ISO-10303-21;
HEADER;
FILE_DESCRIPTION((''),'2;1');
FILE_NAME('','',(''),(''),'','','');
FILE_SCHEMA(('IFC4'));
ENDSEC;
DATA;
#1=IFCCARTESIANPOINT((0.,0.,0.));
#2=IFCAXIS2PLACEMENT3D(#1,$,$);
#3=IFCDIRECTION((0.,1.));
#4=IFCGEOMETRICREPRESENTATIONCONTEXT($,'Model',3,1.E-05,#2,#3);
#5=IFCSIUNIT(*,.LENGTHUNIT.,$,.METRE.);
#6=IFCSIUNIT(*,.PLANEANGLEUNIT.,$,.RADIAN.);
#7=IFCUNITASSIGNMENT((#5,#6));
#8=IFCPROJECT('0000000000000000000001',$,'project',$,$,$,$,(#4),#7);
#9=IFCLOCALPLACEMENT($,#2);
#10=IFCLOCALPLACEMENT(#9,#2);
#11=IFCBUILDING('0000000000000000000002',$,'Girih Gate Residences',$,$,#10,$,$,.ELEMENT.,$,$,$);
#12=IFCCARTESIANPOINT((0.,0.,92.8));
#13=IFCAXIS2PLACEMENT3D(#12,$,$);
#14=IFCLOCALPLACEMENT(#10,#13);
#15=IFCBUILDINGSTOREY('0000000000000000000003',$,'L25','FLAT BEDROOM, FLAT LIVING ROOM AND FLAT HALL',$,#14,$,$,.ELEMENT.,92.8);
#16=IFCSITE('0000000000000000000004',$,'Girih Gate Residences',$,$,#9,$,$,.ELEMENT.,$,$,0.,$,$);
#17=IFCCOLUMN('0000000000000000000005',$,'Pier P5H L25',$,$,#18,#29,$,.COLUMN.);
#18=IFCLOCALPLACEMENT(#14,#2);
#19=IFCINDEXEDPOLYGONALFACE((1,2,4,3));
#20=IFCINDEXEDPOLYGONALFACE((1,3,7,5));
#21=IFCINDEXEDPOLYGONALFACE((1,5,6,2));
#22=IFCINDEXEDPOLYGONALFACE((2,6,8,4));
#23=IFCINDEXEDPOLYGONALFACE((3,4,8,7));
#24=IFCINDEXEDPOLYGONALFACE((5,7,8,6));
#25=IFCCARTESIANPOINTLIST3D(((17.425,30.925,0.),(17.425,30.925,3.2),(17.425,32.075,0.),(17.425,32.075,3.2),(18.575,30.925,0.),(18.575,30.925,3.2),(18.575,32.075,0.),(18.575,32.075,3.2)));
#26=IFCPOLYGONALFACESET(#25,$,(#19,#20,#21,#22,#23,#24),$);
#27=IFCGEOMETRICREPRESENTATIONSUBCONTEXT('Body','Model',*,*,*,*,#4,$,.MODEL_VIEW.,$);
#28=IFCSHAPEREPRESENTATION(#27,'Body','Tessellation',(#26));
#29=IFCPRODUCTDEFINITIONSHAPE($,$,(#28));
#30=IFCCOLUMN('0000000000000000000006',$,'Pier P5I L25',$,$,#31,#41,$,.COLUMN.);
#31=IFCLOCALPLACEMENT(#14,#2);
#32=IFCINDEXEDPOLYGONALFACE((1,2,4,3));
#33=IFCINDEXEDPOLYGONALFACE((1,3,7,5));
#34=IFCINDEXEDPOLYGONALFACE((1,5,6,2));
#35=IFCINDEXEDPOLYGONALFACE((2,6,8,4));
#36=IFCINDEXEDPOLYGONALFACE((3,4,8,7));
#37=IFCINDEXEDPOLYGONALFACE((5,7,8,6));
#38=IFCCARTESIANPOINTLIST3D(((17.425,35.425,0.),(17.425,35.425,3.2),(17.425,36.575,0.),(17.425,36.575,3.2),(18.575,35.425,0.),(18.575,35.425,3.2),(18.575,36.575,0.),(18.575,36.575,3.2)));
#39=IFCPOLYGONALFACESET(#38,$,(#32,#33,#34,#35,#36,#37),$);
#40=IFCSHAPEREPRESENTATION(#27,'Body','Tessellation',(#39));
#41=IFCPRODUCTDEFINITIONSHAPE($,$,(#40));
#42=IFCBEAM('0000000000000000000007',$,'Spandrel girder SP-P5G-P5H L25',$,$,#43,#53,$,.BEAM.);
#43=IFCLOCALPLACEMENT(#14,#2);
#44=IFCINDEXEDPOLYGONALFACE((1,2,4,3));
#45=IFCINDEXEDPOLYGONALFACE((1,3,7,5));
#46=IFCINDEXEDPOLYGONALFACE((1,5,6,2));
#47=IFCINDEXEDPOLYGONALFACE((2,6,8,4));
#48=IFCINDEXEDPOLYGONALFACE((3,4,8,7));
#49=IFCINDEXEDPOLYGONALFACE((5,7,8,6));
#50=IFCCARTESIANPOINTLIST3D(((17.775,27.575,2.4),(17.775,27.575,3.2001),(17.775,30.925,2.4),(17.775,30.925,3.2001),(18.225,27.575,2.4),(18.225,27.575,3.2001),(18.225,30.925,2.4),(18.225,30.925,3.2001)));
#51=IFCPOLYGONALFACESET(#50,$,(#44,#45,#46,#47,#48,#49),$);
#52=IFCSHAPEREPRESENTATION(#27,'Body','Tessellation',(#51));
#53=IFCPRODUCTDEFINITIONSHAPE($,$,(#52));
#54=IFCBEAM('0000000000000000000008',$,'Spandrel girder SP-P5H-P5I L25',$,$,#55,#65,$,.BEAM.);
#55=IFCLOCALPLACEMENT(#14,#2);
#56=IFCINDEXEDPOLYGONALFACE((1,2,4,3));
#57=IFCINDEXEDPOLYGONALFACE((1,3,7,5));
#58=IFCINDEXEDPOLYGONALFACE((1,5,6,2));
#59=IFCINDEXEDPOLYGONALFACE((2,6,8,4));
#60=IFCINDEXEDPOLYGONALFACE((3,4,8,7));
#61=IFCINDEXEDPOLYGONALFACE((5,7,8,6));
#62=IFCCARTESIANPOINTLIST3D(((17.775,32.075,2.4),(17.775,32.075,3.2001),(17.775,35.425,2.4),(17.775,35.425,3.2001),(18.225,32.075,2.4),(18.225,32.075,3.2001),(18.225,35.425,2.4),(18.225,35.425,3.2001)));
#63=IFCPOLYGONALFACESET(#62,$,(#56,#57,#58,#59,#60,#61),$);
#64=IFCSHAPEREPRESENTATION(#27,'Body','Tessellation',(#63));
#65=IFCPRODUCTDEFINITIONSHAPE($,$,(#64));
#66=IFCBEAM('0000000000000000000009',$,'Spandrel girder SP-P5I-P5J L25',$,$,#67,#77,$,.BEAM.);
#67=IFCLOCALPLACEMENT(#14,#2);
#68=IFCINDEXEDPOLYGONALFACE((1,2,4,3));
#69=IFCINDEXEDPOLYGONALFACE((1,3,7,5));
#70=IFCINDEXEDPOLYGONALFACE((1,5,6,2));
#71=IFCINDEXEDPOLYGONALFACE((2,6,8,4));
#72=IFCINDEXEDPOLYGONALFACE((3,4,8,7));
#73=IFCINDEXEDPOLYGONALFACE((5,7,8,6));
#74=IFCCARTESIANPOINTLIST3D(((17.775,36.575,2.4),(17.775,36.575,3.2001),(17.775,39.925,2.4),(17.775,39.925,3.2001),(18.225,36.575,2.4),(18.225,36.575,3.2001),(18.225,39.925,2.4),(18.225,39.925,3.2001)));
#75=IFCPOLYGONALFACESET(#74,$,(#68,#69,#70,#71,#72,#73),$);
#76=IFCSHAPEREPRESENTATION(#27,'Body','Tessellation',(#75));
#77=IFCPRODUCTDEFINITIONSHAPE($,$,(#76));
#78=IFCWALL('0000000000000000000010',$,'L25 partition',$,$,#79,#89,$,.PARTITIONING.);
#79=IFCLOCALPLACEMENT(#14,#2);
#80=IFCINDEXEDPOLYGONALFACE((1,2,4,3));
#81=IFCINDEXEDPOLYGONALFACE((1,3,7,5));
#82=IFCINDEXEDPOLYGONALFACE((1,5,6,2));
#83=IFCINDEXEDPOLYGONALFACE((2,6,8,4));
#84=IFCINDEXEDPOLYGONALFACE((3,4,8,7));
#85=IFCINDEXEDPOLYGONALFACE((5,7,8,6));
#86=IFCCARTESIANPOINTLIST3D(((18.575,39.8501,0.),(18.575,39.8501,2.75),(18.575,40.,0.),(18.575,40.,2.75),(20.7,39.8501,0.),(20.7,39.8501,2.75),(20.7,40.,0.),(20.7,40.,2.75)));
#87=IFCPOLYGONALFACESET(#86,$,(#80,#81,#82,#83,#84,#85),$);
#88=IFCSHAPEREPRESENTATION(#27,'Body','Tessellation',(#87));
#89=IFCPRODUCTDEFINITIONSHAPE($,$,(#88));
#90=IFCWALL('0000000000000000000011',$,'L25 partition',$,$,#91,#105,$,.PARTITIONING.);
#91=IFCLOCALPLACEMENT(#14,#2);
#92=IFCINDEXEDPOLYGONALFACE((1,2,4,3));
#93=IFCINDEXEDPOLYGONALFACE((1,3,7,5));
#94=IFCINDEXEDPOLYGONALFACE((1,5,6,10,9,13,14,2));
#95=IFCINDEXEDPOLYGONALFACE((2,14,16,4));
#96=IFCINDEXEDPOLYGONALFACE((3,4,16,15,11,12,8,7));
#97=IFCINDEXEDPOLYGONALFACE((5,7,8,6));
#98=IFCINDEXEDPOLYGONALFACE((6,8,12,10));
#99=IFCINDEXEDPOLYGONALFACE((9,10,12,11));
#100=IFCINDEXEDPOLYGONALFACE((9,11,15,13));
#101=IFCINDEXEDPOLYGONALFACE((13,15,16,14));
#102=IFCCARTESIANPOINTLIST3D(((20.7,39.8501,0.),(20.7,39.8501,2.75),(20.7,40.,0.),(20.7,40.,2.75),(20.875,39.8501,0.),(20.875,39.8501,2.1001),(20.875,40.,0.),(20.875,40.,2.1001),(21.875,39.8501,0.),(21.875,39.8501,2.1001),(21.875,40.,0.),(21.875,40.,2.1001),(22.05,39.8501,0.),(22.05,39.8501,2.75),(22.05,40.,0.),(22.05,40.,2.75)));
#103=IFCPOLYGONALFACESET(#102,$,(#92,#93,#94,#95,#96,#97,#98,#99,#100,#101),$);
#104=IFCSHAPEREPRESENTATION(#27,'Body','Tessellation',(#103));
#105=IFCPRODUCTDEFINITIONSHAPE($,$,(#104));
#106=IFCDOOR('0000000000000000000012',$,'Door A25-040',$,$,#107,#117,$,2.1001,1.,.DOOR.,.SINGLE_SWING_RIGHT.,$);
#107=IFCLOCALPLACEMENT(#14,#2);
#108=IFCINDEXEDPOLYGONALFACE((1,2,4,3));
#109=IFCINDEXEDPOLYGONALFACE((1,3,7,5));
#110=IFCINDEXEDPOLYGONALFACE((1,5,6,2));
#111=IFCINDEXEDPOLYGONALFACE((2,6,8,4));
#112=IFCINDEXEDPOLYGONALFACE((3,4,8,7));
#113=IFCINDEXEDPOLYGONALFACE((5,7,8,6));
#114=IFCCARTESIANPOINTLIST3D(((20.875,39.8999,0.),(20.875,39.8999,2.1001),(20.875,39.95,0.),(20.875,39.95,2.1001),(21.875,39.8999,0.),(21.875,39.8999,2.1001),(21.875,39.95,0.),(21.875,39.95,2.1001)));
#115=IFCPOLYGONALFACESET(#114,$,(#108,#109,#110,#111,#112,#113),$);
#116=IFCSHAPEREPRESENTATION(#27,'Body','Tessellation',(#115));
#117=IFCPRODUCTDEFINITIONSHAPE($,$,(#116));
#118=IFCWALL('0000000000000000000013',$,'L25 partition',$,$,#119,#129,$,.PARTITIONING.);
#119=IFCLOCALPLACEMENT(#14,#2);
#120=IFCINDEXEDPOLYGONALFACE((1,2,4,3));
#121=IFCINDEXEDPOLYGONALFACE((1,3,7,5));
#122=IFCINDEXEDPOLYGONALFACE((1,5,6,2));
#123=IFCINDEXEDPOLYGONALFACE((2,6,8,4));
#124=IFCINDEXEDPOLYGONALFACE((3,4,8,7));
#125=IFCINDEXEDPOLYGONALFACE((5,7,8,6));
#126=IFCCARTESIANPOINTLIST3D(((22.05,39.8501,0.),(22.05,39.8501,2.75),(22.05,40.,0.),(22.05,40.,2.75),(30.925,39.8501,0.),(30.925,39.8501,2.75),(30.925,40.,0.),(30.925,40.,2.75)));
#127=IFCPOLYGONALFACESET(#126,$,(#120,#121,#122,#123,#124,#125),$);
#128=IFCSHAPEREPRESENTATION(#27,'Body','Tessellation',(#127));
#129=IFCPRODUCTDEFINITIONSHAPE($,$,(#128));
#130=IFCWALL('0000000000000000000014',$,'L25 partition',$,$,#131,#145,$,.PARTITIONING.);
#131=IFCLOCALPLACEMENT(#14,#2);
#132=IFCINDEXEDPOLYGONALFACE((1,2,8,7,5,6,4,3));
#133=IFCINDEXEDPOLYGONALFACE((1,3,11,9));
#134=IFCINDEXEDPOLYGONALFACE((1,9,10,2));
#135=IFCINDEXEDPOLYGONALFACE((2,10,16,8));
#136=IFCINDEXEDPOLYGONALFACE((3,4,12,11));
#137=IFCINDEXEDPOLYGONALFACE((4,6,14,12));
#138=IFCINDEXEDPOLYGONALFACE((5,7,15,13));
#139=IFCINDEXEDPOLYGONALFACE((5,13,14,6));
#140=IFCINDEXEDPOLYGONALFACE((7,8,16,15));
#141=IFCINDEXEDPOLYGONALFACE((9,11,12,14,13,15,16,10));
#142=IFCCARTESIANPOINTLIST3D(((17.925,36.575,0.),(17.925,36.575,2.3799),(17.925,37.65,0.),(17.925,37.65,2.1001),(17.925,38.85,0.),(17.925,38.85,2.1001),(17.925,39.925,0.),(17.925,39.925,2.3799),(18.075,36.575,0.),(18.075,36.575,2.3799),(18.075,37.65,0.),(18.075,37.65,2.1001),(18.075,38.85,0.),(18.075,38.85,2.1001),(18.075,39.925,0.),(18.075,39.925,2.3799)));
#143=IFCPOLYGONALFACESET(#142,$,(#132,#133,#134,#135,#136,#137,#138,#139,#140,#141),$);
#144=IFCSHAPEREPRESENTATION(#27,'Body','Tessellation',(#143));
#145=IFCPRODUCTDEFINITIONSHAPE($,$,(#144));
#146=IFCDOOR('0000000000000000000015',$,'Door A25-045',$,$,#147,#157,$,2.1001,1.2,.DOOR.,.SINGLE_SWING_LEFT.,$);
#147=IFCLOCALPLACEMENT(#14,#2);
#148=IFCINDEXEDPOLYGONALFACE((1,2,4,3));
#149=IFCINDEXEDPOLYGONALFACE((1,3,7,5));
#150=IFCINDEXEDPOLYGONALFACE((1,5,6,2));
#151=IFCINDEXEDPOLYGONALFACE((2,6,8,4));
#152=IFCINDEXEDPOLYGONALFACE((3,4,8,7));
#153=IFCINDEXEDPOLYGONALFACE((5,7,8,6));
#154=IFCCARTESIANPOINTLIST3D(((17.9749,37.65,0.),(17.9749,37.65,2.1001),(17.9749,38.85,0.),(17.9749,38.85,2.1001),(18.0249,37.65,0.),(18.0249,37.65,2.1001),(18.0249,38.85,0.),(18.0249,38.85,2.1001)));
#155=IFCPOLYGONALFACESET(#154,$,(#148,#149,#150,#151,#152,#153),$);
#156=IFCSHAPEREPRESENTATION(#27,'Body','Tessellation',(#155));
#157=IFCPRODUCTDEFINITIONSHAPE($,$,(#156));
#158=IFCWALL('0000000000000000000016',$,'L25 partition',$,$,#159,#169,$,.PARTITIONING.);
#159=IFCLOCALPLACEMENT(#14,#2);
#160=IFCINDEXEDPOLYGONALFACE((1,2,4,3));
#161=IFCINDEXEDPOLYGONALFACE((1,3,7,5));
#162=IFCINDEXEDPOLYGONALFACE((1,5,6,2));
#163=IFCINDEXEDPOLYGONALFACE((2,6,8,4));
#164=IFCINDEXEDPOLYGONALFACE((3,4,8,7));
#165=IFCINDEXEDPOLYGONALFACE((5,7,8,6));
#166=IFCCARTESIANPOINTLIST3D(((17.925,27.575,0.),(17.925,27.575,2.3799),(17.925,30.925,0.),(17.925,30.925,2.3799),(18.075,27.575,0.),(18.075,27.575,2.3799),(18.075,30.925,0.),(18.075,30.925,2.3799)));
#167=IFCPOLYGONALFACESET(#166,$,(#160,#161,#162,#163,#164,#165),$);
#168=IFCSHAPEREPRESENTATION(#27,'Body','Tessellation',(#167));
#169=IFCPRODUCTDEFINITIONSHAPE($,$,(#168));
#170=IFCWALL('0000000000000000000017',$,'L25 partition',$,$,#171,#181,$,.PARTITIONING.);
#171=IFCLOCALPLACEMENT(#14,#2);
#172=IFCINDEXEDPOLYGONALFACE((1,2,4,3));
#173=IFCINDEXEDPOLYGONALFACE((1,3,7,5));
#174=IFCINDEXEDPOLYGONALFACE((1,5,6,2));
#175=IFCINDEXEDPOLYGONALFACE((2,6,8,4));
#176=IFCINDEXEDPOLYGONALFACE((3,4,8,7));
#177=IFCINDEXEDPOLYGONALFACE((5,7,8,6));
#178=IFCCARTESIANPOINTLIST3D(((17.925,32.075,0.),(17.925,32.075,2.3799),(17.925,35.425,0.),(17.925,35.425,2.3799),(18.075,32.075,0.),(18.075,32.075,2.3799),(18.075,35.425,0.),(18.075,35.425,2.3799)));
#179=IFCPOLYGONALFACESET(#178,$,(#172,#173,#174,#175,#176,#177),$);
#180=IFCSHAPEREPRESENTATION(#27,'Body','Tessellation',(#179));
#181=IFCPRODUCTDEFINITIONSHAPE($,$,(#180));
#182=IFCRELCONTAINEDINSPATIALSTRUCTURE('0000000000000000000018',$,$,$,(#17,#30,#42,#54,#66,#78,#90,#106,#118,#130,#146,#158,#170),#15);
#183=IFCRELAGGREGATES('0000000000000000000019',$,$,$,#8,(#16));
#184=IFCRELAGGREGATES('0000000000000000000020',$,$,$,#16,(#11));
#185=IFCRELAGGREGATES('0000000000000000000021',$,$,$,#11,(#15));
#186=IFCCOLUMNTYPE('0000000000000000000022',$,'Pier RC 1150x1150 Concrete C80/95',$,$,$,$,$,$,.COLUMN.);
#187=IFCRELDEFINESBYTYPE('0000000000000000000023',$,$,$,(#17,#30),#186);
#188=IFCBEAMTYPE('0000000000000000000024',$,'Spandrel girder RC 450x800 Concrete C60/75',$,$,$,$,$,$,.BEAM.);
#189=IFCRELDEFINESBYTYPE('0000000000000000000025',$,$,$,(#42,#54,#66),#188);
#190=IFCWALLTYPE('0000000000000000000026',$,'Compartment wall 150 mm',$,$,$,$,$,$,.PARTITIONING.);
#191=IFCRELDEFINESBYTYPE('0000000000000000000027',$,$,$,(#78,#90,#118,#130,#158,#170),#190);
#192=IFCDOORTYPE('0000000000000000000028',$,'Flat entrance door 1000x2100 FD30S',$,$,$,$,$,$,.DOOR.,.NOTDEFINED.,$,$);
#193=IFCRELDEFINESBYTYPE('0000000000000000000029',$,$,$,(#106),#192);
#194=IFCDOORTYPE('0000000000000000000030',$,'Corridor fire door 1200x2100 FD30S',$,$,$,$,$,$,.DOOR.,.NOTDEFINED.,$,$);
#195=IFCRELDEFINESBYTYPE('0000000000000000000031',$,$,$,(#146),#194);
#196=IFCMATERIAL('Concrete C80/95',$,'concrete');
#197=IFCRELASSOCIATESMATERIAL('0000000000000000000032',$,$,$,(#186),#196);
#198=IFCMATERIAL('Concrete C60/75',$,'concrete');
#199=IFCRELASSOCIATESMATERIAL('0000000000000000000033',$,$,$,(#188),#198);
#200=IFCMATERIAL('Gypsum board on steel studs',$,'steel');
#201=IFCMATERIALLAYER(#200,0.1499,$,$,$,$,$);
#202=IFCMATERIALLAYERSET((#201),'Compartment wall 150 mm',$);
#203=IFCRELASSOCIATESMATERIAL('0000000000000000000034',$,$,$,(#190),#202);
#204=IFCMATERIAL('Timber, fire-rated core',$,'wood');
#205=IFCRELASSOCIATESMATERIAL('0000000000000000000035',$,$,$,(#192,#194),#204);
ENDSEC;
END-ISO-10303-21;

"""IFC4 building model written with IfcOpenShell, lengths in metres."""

from ifc_helpers import new_model, si_unit, direction, frame, frame_2d, origin, origin_2d, place, context, subcontext, project, spatial, rectangle, extrude, material, layer, layer_set, material_profile, profile_set, type_object, element, fill, save


model = new_model("IFC4")

# Units and contexts
model_context = context("Model", 3, precision=1e-05, world=origin(), true_north=direction((0.0, 1.0)))
body_context = subcontext(model_context, "Body", "Model", "MODEL_VIEW")
ifc_project = project(units=[si_unit("LENGTHUNIT", "METRE"), si_unit("PLANEANGLEUNIT", "RADIAN")], contexts=[model_context])

# Site, building, storey
site_placement = place(None, origin())
site = spatial("IfcSite", under=ifc_project, at=site_placement, Name="Girih Gate Residences", CompositionType="ELEMENT", RefElevation=0.0)
building_placement = place(site_placement, origin())
building = spatial("IfcBuilding", under=site, at=building_placement, Name="Girih Gate Residences", CompositionType="ELEMENT")
storey_placement = place(building_placement, frame((0.0, 0.0, 92.8)))
storey = spatial("IfcBuildingStorey", under=building, at=storey_placement, Name="L25", Description="FLAT BEDROOM, FLAT LIVING ROOM AND FLAT HALL", CompositionType="ELEMENT", Elevation=92.8)

# Columns
ifc_material_1 = material(Name="Concrete C80/95", Category="concrete")
ifc_material_profile_1 = material_profile(ifc_material_1, rectangle(XDim=1.1499, YDim=1.1499, at=origin_2d()))
ifc_profile_set_1 = profile_set([ifc_material_profile_1], Name="Concrete C80/95")
column_type = type_object("IfcColumnType", Name="Pier RC 1150x1150 Concrete C80/95", PredefinedType="COLUMN", material=ifc_profile_set_1)
for number, where, z_axis, x_axis, name in (
    (1, (18.0, 31.5, 0.0), (0.0, 0.0, 1.0), (1.0, 0.0, 0.0), "Pier P5H L25"),
    (2, (18.0, 36.0, 0.0), (0.0, 0.0, 1.0), (1.0, 0.0, 0.0), "Pier P5I L25"),
):
    element("IfcColumn", number, at=place(storey_placement, frame(where, z_axis=z_axis, x_axis=x_axis)), inside=storey, type_object=column_type, Name=name, PredefinedType="COLUMN", context=body_context, shape_type="SweptSolid", body=[
        extrude(rectangle(XDim=1.1499, YDim=1.1499, at=origin_2d()), origin(), (0.0, 0.0, 1.0), 3.2),
    ])

# Beams
ifc_material_2 = material(Name="Concrete C60/75", Category="concrete")
ifc_material_profile_2 = material_profile(ifc_material_2, rectangle(XDim=0.45, YDim=0.8, at=origin_2d()))
ifc_profile_set_2 = profile_set([ifc_material_profile_2], Name="Concrete C60/75")
beam_type = type_object("IfcBeamType", Name="Spandrel girder RC 450x800 Concrete C60/75", PredefinedType="BEAM", material=ifc_profile_set_2)
for number, where, z_axis, x_axis, name in (
    (3, (18.0, 27.575, 2.8), (0.0, 1.0, 0.0), (-1.0, 0.0, 0.0), "Spandrel girder SP-P5G-P5H L25"),
    (4, (18.0, 32.075, 2.8), (0.0, 1.0, 0.0), (-1.0, 0.0, 0.0), "Spandrel girder SP-P5H-P5I L25"),
    (5, (18.0, 36.575, 2.8), (0.0, 1.0, 0.0), (-1.0, 0.0, 0.0), "Spandrel girder SP-P5I-P5J L25"),
):
    element("IfcBeam", number, at=place(storey_placement, frame(where, z_axis=z_axis, x_axis=x_axis)), inside=storey, type_object=beam_type, Name=name, PredefinedType="BEAM", context=body_context, shape_type="SweptSolid", body=[
        extrude(rectangle(XDim=0.45, YDim=0.8, at=origin_2d()), origin(), (0.0, 0.0, 1.0), 3.3501),
    ])

# Wall
ifc_material_3 = material(Name="Gypsum board on steel studs", Category="steel")
ifc_layer_1 = layer(ifc_material_3, 0.1499)
ifc_layer_set_1 = layer_set([ifc_layer_1], Name="Compartment wall 150 mm")
wall_type_1 = type_object("IfcWallType", Name="Compartment wall 150 mm", PredefinedType="PARTITIONING", material=ifc_layer_set_1)
wall_1_placement = place(storey_placement, frame((18.575, 39.925, 0.0), z_axis=(0.0, 0.0, 1.0), x_axis=(1.0, 0.0, 0.0)))
element("IfcWall", 6, at=wall_1_placement, inside=storey, type_object=wall_type_1, Name="L25 partition", PredefinedType="PARTITIONING", context=body_context, shape_type="SweptSolid", body=[
    extrude(rectangle(XDim=2.125, YDim=0.1499, at=frame_2d((1.0625, 0.0))), origin(), (0.0, 0.0, 1.0), 2.75),
])

# Wall, opening, door
wall_2_placement = place(storey_placement, frame((20.7, 39.925, 0.0), z_axis=(0.0, 0.0, 1.0), x_axis=(1.0, 0.0, 0.0)))
wall_2 = element("IfcWall", 7, at=wall_2_placement, inside=storey, type_object=wall_type_1, Name="L25 partition", PredefinedType="PARTITIONING", context=body_context, shape_type="SweptSolid", body=[
    extrude(rectangle(XDim=1.3501, YDim=0.1499, at=frame_2d((0.675, 0.0))), origin(), (0.0, 0.0, 1.0), 2.75),
])
opening_1_placement = place(wall_2_placement, frame((0.175, 0.0, 0.0)))
opening_1 = element("IfcOpeningElement", 8, at=opening_1_placement, cuts=wall_2, PredefinedType="OPENING", context=body_context, shape_type="SweptSolid", body=[
    extrude(rectangle(XDim=1.0, YDim=2.1001, at=frame_2d((0.5, 1.05))), frame((0.0, 0.085, 0.0), z_axis=(0.0, -1.0, 0.0), x_axis=(1.0, 0.0, 0.0)), (0.0, 0.0, 1.0), 0.1699),
])
ifc_material_4 = material(Name="Timber, fire-rated core", Category="wood")
door_type_1 = type_object("IfcDoorType", Name="Flat entrance door 1000x2100 FD30S", OperationType="NOTDEFINED", PredefinedType="DOOR", material=ifc_material_4)
door_1_placement = place(opening_1_placement, origin())
door_1 = element("IfcDoor", 9, at=door_1_placement, inside=storey, type_object=door_type_1, Name="Door A25-040", OperationType="SINGLE_SWING_RIGHT", OverallHeight=2.1001, OverallWidth=1.0, PredefinedType="DOOR", context=body_context, shape_type="SweptSolid", body=[
    extrude(rectangle(XDim=1.0, YDim=2.1001, at=frame_2d((0.5, 1.05))), frame((0.0, 0.0249, 0.0), z_axis=(0.0, -1.0, 0.0), x_axis=(1.0, 0.0, 0.0)), (0.0, 0.0, 1.0), 0.05),
])
fill(opening_1, door_1)

# Wall
wall_3_placement = place(storey_placement, frame((22.05, 39.925, 0.0), z_axis=(0.0, 0.0, 1.0), x_axis=(1.0, 0.0, 0.0)))
element("IfcWall", 10, at=wall_3_placement, inside=storey, type_object=wall_type_1, Name="L25 partition", PredefinedType="PARTITIONING", context=body_context, shape_type="SweptSolid", body=[
    extrude(rectangle(XDim=8.875, YDim=0.1499, at=frame_2d((4.4375, 0.0))), origin(), (0.0, 0.0, 1.0), 2.75),
])

# Wall, opening, door
wall_4_placement = place(storey_placement, frame((18.0, 39.925, 0.0), z_axis=(0.0, 0.0, 1.0), x_axis=(0.0, -1.0, 0.0)))
wall_4 = element("IfcWall", 11, at=wall_4_placement, inside=storey, type_object=wall_type_1, Name="L25 partition", PredefinedType="PARTITIONING", context=body_context, shape_type="SweptSolid", body=[
    extrude(rectangle(XDim=3.3501, YDim=0.1499, at=frame_2d((1.675, 0.0))), origin(), (0.0, 0.0, 1.0), 2.3799),
])
opening_2_placement = place(wall_4_placement, frame((1.075, 0.0, 0.0)))
opening_2 = element("IfcOpeningElement", 12, at=opening_2_placement, cuts=wall_4, PredefinedType="OPENING", context=body_context, shape_type="SweptSolid", body=[
    extrude(rectangle(XDim=1.2, YDim=2.1001, at=frame_2d((0.6001, 1.05))), frame((0.0, 0.085, 0.0), z_axis=(0.0, -1.0, 0.0), x_axis=(1.0, 0.0, 0.0)), (0.0, 0.0, 1.0), 0.1699),
])
door_type_2 = type_object("IfcDoorType", Name="Corridor fire door 1200x2100 FD30S", OperationType="NOTDEFINED", PredefinedType="DOOR", material=ifc_material_4)
door_2_placement = place(opening_2_placement, origin())
door_2 = element("IfcDoor", 13, at=door_2_placement, inside=storey, type_object=door_type_2, Name="Door A25-045", OperationType="SINGLE_SWING_LEFT", OverallHeight=2.1001, OverallWidth=1.2, PredefinedType="DOOR", context=body_context, shape_type="SweptSolid", body=[
    extrude(rectangle(XDim=1.2, YDim=2.1001, at=frame_2d((0.6001, 1.05))), frame((0.0, 0.0249, 0.0), z_axis=(0.0, -1.0, 0.0), x_axis=(1.0, 0.0, 0.0)), (0.0, 0.0, 1.0), 0.05),
])
fill(opening_2, door_2)

# Walls
for number, where, z_axis, x_axis, name in (
    (14, (18.0, 27.575, 0.0), (0.0, 0.0, 1.0), (0.0, 1.0, 0.0), "L25 partition"),
    (15, (18.0, 32.075, 0.0), (0.0, 0.0, 1.0), (0.0, 1.0, 0.0), "L25 partition"),
):
    element("IfcWall", number, at=place(storey_placement, frame(where, z_axis=z_axis, x_axis=x_axis)), inside=storey, type_object=wall_type_1, Name=name, PredefinedType="PARTITIONING", context=body_context, shape_type="SweptSolid", body=[
        extrude(rectangle(XDim=3.3501, YDim=0.1499, at=frame_2d((1.675, 0.0))), origin(), (0.0, 0.0, 1.0), 2.3799),
    ])

save(model, "model.ifc")
